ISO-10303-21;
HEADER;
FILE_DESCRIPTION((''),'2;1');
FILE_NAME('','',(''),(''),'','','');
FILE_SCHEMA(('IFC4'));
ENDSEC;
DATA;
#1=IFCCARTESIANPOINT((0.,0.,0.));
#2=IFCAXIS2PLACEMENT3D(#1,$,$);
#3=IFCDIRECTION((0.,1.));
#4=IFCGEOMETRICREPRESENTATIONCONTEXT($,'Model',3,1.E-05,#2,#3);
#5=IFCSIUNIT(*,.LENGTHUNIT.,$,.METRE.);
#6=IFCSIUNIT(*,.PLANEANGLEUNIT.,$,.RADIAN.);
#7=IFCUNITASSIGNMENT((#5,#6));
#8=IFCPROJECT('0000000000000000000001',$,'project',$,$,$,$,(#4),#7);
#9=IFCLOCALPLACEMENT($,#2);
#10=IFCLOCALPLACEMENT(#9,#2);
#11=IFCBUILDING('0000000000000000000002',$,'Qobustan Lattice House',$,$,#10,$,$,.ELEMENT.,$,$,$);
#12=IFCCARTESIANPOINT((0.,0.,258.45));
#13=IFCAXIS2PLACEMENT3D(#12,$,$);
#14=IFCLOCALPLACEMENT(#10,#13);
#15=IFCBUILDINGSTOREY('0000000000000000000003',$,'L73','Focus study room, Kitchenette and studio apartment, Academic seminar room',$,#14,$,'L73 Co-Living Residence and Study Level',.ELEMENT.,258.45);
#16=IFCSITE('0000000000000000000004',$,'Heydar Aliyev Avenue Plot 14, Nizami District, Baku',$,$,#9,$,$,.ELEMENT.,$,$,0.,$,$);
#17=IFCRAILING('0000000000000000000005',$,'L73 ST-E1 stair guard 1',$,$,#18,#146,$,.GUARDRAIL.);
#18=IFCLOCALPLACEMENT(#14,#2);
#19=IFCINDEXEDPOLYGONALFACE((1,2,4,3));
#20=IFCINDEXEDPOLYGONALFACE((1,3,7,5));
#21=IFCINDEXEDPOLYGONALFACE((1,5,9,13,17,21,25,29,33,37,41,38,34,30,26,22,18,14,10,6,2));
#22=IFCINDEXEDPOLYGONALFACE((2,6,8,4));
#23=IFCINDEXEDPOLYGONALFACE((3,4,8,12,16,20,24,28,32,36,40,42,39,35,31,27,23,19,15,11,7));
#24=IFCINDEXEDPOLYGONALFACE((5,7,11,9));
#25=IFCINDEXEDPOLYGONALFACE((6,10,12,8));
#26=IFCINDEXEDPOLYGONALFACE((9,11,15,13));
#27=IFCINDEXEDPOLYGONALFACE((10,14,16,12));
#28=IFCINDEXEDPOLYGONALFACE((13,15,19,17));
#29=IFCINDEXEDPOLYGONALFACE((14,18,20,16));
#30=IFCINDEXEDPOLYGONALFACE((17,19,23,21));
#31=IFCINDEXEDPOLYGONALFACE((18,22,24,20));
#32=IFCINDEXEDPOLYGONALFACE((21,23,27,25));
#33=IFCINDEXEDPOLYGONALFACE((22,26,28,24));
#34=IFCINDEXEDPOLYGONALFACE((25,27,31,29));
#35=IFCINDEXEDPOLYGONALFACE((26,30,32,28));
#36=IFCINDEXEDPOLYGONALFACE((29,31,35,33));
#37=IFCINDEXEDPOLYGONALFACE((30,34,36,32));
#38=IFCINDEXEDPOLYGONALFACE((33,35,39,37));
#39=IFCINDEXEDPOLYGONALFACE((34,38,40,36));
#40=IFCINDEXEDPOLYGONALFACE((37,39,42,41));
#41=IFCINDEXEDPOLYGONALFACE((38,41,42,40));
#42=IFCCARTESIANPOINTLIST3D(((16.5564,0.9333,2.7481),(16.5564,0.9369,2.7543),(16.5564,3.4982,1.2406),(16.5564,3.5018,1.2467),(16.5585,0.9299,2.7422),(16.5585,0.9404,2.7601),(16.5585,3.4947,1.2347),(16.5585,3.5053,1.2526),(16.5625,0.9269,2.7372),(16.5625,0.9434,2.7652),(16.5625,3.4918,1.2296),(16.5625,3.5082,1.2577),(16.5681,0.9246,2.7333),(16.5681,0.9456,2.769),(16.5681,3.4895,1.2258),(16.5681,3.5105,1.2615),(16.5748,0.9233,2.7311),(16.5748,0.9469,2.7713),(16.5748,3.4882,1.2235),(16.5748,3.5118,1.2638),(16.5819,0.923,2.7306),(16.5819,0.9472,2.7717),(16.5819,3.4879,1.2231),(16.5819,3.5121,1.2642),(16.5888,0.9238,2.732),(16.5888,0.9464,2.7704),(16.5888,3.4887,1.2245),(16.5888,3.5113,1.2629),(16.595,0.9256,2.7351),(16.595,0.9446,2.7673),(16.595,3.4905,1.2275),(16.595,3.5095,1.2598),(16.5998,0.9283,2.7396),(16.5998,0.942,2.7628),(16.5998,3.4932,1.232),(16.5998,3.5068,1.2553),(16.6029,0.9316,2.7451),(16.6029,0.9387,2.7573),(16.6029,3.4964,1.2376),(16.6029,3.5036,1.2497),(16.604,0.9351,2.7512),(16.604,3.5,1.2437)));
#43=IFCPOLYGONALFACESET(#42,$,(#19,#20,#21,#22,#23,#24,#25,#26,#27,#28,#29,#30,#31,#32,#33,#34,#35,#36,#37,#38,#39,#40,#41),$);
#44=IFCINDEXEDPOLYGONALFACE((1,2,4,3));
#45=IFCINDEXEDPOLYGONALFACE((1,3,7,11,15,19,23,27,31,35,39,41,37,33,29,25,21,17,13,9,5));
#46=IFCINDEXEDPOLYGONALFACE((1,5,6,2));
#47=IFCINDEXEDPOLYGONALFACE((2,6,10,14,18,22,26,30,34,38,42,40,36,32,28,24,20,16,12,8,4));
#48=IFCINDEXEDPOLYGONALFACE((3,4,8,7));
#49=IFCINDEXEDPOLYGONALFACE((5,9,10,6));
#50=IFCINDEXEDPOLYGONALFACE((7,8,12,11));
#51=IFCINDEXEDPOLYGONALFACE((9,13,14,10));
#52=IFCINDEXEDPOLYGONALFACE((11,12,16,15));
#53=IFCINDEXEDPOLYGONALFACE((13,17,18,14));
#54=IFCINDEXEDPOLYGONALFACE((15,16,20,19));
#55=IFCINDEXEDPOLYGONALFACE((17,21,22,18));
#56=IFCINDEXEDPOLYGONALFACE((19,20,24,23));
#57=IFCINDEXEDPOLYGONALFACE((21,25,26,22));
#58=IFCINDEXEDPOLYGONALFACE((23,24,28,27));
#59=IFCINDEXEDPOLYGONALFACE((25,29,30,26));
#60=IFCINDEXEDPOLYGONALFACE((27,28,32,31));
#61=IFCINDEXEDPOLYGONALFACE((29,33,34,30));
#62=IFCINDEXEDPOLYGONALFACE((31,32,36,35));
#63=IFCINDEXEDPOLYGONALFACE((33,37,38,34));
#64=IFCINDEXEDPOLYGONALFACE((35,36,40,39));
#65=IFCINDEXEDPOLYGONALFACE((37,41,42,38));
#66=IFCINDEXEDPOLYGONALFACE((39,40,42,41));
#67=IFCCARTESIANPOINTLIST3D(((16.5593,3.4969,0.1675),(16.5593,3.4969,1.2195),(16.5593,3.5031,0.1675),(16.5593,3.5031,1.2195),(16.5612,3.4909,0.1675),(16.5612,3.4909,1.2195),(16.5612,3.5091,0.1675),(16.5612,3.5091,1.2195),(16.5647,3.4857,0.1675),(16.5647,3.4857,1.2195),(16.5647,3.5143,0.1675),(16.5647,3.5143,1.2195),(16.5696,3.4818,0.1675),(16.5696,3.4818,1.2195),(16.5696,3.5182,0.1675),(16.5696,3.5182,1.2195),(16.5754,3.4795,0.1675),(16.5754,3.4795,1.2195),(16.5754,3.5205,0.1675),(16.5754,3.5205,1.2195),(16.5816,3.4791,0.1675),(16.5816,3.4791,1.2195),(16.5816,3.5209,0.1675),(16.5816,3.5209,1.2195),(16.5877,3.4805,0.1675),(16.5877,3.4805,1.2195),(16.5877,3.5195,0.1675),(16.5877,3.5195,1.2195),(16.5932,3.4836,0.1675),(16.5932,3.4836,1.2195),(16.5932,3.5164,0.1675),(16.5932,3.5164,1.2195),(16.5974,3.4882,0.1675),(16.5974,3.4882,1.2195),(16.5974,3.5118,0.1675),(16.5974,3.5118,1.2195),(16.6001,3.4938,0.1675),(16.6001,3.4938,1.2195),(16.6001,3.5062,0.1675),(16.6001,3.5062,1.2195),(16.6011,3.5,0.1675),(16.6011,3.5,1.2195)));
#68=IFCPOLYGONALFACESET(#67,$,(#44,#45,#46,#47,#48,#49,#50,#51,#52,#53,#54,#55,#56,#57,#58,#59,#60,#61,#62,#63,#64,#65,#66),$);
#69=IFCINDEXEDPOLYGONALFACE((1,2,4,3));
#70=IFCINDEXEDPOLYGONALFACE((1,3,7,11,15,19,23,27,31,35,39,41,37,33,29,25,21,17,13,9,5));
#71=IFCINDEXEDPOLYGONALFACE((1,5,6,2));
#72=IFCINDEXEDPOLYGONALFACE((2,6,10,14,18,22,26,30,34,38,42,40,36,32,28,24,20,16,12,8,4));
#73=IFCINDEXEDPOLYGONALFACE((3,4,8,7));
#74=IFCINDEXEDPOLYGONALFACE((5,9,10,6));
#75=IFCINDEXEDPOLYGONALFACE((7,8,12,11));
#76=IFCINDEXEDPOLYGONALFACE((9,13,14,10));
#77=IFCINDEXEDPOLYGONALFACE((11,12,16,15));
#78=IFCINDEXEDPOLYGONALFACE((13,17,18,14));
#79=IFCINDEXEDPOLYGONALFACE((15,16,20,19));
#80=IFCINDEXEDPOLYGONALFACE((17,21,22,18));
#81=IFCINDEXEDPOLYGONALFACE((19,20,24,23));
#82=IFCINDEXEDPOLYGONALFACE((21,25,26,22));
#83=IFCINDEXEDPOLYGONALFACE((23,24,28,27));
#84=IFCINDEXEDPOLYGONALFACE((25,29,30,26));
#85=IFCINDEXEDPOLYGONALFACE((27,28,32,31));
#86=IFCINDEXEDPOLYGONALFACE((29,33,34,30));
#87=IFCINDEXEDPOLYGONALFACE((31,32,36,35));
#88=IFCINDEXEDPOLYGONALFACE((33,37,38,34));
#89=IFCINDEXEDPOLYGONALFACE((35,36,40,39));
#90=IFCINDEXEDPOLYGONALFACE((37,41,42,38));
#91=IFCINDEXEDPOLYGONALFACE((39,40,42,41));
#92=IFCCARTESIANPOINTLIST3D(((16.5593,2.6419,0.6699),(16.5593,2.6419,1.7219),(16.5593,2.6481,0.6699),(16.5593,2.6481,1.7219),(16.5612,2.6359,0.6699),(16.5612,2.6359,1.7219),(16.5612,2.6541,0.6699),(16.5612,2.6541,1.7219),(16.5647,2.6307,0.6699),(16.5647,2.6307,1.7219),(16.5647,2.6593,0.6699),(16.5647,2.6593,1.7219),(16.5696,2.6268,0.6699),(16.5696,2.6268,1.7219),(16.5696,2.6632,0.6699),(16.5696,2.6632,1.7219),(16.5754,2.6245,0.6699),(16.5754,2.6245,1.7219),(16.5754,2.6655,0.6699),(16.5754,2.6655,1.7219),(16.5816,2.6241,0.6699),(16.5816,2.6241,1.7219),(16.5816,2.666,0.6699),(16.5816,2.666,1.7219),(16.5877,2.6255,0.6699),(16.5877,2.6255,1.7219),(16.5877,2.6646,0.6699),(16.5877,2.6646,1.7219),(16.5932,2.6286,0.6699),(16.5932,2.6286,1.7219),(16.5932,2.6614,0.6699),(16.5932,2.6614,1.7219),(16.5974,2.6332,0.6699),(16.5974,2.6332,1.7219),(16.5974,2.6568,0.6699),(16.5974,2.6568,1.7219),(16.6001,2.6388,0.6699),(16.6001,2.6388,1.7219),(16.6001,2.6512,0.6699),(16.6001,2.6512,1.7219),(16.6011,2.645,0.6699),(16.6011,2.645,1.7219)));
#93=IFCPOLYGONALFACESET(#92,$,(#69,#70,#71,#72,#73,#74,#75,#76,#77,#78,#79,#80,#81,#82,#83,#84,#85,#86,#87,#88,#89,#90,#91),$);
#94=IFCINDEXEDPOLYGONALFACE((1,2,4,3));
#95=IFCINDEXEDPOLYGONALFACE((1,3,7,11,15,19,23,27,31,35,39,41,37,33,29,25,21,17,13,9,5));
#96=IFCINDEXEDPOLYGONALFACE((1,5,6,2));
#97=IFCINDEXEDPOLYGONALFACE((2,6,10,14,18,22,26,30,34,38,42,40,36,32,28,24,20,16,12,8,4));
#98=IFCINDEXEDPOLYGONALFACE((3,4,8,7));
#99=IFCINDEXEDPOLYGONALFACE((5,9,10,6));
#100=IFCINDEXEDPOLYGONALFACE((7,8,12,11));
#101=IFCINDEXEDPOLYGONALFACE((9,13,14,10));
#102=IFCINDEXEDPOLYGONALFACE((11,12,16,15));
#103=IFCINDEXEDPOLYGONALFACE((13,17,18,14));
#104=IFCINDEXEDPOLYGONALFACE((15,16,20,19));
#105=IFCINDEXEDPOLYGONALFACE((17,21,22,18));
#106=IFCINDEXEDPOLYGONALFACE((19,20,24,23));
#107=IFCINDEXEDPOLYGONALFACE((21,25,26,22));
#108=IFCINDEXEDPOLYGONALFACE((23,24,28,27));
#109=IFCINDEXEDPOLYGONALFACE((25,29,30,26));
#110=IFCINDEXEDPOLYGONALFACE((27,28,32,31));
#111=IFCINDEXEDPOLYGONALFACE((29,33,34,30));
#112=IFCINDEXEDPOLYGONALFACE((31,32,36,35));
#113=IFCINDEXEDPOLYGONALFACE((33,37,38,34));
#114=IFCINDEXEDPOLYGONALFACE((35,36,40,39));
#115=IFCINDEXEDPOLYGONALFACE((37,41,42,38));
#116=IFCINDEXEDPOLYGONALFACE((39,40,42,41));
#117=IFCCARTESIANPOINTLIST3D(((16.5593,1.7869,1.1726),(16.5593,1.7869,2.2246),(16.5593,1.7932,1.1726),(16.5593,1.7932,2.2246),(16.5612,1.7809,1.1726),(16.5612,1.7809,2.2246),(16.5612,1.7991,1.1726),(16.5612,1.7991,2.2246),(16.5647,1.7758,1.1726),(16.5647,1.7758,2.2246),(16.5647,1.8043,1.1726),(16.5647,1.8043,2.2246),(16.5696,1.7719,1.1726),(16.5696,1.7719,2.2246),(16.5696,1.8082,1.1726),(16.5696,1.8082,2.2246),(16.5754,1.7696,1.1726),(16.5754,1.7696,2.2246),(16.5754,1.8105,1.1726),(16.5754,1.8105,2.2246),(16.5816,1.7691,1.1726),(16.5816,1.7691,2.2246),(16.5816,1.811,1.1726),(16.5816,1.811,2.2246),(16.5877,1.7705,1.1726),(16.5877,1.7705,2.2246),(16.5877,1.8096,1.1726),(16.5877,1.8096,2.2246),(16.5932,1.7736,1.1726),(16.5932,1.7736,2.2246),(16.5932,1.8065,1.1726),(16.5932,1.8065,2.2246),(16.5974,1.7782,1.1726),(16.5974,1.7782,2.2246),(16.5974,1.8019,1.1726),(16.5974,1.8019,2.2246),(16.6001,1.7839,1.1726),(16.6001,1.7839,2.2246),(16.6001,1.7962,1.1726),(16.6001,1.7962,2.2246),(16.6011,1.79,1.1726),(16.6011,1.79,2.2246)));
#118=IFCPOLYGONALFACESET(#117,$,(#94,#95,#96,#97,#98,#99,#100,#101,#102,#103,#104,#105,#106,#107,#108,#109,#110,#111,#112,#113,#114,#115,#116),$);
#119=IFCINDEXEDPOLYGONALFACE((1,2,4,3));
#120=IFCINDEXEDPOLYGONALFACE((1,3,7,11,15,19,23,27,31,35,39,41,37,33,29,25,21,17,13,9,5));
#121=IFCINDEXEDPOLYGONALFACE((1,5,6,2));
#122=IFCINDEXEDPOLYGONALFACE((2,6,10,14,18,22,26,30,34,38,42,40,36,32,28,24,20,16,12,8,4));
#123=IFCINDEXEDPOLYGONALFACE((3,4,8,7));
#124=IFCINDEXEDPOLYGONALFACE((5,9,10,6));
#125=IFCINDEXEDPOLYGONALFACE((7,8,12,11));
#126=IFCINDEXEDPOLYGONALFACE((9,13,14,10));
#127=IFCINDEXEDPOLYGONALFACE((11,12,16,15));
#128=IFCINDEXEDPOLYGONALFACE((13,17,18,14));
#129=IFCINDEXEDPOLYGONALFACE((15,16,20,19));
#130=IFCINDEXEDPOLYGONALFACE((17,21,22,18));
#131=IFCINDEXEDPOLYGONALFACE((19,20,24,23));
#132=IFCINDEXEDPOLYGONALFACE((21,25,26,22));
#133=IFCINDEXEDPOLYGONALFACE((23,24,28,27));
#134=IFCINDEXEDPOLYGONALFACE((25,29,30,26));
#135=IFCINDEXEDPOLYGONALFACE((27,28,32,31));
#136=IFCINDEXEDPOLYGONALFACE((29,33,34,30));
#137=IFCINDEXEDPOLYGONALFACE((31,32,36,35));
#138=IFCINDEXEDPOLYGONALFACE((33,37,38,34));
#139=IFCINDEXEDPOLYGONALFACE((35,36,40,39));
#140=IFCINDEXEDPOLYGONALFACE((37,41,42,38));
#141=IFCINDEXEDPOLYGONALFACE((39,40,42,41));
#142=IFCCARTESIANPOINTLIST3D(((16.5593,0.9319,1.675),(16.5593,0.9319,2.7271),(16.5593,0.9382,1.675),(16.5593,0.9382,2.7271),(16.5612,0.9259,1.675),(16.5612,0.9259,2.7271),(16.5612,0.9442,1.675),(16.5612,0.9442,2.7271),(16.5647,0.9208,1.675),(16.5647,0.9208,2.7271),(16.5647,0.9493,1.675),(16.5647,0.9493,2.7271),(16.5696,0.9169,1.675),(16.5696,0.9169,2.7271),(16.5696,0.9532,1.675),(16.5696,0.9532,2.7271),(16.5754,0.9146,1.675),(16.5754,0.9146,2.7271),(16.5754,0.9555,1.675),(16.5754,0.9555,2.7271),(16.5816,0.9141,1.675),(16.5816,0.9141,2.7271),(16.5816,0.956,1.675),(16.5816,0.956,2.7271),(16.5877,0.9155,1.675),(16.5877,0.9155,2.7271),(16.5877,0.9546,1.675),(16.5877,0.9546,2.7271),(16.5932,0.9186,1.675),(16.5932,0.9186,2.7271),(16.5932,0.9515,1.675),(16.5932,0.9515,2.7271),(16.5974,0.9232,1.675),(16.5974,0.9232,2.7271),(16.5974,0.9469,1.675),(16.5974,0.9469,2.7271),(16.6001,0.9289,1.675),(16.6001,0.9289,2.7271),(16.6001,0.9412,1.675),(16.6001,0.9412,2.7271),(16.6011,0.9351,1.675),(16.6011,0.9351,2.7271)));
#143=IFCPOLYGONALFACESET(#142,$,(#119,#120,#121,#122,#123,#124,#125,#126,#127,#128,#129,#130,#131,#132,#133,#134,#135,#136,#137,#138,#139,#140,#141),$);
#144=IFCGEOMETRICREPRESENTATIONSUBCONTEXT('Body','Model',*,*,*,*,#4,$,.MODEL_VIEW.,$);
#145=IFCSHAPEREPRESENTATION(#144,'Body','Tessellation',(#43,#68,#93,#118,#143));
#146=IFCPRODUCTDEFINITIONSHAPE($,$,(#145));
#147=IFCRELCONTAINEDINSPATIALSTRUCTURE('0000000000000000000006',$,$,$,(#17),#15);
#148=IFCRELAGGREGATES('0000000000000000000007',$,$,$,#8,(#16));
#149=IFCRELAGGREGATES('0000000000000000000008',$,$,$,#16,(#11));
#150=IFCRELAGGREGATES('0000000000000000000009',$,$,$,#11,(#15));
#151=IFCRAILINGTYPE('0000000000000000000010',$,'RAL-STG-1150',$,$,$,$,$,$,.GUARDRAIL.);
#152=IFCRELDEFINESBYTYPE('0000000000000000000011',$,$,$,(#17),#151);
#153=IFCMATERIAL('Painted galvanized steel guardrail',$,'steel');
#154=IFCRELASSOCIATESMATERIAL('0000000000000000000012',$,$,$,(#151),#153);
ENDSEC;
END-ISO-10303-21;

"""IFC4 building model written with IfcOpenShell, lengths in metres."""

from ifc_helpers import new_model, si_unit, direction, frame, origin, origin_2d, place, context, subcontext, project, spatial, circle, extrude, material, type_object, element, save


model = new_model("IFC4")

# Units and contexts
model_context = context("Model", 3, precision=1e-05, world=origin(), true_north=direction((0.0, 1.0)))
body_context = subcontext(model_context, "Body", "Model", "MODEL_VIEW")
ifc_project = project(units=[si_unit("LENGTHUNIT", "METRE"), si_unit("PLANEANGLEUNIT", "RADIAN")], contexts=[model_context])

# Site, building, storey
site_placement = place(None, origin())
site = spatial("IfcSite", under=ifc_project, at=site_placement, Name="Heydar Aliyev Avenue Plot 14, Nizami District, Baku", CompositionType="ELEMENT", RefElevation=0.0)
building_placement = place(site_placement, origin())
building = spatial("IfcBuilding", under=site, at=building_placement, Name="Qobustan Lattice House", CompositionType="ELEMENT")
storey_placement = place(building_placement, frame((0.0, 0.0, 258.45)))
storey = spatial("IfcBuildingStorey", under=building, at=storey_placement, Name="L73", Description="Focus study room, Kitchenette and studio apartment, Academic seminar room", LongName="L73 Co-Living Residence and Study Level", CompositionType="ELEMENT", Elevation=258.45)

# Railing
ifc_material_1 = material(Name="Painted galvanized steel guardrail", Category="steel")
railing_type_1 = type_object("IfcRailingType", Name="RAL-STG-1150", PredefinedType="GUARDRAIL", material=ifc_material_1)
railing_1_placement = place(storey_placement, frame((16.5801, 3.5, 0.1675)))
element("IfcRailing", 1, at=railing_1_placement, inside=storey, type_object=railing_type_1, Name="L73 ST-E1 stair guard 1", PredefinedType="GUARDRAIL", context=body_context, shape_type="SweptSolid", body=[
    extrude(circle(Radius=0.0239, at=origin_2d()), frame((0.0, 0.0, 1.0762), z_axis=(0.0, -0.862113, 0.506715), x_axis=(1.0, 0.0, 0.0)), (0.0, 0.0, 1.0), 2.9751),
    extrude(circle(Radius=0.021, at=origin_2d()), origin(), (0.0, 0.0, 1.0), 1.052),
    extrude(circle(Radius=0.021, at=origin_2d()), frame((0.0, -0.855, 0.5024)), (0.0, 0.0, 1.0), 1.052),
    extrude(circle(Radius=0.021, at=origin_2d()), frame((0.0, -1.71, 1.0051)), (0.0, 0.0, 1.0), 1.052),
    extrude(circle(Radius=0.021, at=origin_2d()), frame((0.0, -2.5649, 1.5076)), (0.0, 0.0, 1.0), 1.052),
])

save(model, "model.ifc")
